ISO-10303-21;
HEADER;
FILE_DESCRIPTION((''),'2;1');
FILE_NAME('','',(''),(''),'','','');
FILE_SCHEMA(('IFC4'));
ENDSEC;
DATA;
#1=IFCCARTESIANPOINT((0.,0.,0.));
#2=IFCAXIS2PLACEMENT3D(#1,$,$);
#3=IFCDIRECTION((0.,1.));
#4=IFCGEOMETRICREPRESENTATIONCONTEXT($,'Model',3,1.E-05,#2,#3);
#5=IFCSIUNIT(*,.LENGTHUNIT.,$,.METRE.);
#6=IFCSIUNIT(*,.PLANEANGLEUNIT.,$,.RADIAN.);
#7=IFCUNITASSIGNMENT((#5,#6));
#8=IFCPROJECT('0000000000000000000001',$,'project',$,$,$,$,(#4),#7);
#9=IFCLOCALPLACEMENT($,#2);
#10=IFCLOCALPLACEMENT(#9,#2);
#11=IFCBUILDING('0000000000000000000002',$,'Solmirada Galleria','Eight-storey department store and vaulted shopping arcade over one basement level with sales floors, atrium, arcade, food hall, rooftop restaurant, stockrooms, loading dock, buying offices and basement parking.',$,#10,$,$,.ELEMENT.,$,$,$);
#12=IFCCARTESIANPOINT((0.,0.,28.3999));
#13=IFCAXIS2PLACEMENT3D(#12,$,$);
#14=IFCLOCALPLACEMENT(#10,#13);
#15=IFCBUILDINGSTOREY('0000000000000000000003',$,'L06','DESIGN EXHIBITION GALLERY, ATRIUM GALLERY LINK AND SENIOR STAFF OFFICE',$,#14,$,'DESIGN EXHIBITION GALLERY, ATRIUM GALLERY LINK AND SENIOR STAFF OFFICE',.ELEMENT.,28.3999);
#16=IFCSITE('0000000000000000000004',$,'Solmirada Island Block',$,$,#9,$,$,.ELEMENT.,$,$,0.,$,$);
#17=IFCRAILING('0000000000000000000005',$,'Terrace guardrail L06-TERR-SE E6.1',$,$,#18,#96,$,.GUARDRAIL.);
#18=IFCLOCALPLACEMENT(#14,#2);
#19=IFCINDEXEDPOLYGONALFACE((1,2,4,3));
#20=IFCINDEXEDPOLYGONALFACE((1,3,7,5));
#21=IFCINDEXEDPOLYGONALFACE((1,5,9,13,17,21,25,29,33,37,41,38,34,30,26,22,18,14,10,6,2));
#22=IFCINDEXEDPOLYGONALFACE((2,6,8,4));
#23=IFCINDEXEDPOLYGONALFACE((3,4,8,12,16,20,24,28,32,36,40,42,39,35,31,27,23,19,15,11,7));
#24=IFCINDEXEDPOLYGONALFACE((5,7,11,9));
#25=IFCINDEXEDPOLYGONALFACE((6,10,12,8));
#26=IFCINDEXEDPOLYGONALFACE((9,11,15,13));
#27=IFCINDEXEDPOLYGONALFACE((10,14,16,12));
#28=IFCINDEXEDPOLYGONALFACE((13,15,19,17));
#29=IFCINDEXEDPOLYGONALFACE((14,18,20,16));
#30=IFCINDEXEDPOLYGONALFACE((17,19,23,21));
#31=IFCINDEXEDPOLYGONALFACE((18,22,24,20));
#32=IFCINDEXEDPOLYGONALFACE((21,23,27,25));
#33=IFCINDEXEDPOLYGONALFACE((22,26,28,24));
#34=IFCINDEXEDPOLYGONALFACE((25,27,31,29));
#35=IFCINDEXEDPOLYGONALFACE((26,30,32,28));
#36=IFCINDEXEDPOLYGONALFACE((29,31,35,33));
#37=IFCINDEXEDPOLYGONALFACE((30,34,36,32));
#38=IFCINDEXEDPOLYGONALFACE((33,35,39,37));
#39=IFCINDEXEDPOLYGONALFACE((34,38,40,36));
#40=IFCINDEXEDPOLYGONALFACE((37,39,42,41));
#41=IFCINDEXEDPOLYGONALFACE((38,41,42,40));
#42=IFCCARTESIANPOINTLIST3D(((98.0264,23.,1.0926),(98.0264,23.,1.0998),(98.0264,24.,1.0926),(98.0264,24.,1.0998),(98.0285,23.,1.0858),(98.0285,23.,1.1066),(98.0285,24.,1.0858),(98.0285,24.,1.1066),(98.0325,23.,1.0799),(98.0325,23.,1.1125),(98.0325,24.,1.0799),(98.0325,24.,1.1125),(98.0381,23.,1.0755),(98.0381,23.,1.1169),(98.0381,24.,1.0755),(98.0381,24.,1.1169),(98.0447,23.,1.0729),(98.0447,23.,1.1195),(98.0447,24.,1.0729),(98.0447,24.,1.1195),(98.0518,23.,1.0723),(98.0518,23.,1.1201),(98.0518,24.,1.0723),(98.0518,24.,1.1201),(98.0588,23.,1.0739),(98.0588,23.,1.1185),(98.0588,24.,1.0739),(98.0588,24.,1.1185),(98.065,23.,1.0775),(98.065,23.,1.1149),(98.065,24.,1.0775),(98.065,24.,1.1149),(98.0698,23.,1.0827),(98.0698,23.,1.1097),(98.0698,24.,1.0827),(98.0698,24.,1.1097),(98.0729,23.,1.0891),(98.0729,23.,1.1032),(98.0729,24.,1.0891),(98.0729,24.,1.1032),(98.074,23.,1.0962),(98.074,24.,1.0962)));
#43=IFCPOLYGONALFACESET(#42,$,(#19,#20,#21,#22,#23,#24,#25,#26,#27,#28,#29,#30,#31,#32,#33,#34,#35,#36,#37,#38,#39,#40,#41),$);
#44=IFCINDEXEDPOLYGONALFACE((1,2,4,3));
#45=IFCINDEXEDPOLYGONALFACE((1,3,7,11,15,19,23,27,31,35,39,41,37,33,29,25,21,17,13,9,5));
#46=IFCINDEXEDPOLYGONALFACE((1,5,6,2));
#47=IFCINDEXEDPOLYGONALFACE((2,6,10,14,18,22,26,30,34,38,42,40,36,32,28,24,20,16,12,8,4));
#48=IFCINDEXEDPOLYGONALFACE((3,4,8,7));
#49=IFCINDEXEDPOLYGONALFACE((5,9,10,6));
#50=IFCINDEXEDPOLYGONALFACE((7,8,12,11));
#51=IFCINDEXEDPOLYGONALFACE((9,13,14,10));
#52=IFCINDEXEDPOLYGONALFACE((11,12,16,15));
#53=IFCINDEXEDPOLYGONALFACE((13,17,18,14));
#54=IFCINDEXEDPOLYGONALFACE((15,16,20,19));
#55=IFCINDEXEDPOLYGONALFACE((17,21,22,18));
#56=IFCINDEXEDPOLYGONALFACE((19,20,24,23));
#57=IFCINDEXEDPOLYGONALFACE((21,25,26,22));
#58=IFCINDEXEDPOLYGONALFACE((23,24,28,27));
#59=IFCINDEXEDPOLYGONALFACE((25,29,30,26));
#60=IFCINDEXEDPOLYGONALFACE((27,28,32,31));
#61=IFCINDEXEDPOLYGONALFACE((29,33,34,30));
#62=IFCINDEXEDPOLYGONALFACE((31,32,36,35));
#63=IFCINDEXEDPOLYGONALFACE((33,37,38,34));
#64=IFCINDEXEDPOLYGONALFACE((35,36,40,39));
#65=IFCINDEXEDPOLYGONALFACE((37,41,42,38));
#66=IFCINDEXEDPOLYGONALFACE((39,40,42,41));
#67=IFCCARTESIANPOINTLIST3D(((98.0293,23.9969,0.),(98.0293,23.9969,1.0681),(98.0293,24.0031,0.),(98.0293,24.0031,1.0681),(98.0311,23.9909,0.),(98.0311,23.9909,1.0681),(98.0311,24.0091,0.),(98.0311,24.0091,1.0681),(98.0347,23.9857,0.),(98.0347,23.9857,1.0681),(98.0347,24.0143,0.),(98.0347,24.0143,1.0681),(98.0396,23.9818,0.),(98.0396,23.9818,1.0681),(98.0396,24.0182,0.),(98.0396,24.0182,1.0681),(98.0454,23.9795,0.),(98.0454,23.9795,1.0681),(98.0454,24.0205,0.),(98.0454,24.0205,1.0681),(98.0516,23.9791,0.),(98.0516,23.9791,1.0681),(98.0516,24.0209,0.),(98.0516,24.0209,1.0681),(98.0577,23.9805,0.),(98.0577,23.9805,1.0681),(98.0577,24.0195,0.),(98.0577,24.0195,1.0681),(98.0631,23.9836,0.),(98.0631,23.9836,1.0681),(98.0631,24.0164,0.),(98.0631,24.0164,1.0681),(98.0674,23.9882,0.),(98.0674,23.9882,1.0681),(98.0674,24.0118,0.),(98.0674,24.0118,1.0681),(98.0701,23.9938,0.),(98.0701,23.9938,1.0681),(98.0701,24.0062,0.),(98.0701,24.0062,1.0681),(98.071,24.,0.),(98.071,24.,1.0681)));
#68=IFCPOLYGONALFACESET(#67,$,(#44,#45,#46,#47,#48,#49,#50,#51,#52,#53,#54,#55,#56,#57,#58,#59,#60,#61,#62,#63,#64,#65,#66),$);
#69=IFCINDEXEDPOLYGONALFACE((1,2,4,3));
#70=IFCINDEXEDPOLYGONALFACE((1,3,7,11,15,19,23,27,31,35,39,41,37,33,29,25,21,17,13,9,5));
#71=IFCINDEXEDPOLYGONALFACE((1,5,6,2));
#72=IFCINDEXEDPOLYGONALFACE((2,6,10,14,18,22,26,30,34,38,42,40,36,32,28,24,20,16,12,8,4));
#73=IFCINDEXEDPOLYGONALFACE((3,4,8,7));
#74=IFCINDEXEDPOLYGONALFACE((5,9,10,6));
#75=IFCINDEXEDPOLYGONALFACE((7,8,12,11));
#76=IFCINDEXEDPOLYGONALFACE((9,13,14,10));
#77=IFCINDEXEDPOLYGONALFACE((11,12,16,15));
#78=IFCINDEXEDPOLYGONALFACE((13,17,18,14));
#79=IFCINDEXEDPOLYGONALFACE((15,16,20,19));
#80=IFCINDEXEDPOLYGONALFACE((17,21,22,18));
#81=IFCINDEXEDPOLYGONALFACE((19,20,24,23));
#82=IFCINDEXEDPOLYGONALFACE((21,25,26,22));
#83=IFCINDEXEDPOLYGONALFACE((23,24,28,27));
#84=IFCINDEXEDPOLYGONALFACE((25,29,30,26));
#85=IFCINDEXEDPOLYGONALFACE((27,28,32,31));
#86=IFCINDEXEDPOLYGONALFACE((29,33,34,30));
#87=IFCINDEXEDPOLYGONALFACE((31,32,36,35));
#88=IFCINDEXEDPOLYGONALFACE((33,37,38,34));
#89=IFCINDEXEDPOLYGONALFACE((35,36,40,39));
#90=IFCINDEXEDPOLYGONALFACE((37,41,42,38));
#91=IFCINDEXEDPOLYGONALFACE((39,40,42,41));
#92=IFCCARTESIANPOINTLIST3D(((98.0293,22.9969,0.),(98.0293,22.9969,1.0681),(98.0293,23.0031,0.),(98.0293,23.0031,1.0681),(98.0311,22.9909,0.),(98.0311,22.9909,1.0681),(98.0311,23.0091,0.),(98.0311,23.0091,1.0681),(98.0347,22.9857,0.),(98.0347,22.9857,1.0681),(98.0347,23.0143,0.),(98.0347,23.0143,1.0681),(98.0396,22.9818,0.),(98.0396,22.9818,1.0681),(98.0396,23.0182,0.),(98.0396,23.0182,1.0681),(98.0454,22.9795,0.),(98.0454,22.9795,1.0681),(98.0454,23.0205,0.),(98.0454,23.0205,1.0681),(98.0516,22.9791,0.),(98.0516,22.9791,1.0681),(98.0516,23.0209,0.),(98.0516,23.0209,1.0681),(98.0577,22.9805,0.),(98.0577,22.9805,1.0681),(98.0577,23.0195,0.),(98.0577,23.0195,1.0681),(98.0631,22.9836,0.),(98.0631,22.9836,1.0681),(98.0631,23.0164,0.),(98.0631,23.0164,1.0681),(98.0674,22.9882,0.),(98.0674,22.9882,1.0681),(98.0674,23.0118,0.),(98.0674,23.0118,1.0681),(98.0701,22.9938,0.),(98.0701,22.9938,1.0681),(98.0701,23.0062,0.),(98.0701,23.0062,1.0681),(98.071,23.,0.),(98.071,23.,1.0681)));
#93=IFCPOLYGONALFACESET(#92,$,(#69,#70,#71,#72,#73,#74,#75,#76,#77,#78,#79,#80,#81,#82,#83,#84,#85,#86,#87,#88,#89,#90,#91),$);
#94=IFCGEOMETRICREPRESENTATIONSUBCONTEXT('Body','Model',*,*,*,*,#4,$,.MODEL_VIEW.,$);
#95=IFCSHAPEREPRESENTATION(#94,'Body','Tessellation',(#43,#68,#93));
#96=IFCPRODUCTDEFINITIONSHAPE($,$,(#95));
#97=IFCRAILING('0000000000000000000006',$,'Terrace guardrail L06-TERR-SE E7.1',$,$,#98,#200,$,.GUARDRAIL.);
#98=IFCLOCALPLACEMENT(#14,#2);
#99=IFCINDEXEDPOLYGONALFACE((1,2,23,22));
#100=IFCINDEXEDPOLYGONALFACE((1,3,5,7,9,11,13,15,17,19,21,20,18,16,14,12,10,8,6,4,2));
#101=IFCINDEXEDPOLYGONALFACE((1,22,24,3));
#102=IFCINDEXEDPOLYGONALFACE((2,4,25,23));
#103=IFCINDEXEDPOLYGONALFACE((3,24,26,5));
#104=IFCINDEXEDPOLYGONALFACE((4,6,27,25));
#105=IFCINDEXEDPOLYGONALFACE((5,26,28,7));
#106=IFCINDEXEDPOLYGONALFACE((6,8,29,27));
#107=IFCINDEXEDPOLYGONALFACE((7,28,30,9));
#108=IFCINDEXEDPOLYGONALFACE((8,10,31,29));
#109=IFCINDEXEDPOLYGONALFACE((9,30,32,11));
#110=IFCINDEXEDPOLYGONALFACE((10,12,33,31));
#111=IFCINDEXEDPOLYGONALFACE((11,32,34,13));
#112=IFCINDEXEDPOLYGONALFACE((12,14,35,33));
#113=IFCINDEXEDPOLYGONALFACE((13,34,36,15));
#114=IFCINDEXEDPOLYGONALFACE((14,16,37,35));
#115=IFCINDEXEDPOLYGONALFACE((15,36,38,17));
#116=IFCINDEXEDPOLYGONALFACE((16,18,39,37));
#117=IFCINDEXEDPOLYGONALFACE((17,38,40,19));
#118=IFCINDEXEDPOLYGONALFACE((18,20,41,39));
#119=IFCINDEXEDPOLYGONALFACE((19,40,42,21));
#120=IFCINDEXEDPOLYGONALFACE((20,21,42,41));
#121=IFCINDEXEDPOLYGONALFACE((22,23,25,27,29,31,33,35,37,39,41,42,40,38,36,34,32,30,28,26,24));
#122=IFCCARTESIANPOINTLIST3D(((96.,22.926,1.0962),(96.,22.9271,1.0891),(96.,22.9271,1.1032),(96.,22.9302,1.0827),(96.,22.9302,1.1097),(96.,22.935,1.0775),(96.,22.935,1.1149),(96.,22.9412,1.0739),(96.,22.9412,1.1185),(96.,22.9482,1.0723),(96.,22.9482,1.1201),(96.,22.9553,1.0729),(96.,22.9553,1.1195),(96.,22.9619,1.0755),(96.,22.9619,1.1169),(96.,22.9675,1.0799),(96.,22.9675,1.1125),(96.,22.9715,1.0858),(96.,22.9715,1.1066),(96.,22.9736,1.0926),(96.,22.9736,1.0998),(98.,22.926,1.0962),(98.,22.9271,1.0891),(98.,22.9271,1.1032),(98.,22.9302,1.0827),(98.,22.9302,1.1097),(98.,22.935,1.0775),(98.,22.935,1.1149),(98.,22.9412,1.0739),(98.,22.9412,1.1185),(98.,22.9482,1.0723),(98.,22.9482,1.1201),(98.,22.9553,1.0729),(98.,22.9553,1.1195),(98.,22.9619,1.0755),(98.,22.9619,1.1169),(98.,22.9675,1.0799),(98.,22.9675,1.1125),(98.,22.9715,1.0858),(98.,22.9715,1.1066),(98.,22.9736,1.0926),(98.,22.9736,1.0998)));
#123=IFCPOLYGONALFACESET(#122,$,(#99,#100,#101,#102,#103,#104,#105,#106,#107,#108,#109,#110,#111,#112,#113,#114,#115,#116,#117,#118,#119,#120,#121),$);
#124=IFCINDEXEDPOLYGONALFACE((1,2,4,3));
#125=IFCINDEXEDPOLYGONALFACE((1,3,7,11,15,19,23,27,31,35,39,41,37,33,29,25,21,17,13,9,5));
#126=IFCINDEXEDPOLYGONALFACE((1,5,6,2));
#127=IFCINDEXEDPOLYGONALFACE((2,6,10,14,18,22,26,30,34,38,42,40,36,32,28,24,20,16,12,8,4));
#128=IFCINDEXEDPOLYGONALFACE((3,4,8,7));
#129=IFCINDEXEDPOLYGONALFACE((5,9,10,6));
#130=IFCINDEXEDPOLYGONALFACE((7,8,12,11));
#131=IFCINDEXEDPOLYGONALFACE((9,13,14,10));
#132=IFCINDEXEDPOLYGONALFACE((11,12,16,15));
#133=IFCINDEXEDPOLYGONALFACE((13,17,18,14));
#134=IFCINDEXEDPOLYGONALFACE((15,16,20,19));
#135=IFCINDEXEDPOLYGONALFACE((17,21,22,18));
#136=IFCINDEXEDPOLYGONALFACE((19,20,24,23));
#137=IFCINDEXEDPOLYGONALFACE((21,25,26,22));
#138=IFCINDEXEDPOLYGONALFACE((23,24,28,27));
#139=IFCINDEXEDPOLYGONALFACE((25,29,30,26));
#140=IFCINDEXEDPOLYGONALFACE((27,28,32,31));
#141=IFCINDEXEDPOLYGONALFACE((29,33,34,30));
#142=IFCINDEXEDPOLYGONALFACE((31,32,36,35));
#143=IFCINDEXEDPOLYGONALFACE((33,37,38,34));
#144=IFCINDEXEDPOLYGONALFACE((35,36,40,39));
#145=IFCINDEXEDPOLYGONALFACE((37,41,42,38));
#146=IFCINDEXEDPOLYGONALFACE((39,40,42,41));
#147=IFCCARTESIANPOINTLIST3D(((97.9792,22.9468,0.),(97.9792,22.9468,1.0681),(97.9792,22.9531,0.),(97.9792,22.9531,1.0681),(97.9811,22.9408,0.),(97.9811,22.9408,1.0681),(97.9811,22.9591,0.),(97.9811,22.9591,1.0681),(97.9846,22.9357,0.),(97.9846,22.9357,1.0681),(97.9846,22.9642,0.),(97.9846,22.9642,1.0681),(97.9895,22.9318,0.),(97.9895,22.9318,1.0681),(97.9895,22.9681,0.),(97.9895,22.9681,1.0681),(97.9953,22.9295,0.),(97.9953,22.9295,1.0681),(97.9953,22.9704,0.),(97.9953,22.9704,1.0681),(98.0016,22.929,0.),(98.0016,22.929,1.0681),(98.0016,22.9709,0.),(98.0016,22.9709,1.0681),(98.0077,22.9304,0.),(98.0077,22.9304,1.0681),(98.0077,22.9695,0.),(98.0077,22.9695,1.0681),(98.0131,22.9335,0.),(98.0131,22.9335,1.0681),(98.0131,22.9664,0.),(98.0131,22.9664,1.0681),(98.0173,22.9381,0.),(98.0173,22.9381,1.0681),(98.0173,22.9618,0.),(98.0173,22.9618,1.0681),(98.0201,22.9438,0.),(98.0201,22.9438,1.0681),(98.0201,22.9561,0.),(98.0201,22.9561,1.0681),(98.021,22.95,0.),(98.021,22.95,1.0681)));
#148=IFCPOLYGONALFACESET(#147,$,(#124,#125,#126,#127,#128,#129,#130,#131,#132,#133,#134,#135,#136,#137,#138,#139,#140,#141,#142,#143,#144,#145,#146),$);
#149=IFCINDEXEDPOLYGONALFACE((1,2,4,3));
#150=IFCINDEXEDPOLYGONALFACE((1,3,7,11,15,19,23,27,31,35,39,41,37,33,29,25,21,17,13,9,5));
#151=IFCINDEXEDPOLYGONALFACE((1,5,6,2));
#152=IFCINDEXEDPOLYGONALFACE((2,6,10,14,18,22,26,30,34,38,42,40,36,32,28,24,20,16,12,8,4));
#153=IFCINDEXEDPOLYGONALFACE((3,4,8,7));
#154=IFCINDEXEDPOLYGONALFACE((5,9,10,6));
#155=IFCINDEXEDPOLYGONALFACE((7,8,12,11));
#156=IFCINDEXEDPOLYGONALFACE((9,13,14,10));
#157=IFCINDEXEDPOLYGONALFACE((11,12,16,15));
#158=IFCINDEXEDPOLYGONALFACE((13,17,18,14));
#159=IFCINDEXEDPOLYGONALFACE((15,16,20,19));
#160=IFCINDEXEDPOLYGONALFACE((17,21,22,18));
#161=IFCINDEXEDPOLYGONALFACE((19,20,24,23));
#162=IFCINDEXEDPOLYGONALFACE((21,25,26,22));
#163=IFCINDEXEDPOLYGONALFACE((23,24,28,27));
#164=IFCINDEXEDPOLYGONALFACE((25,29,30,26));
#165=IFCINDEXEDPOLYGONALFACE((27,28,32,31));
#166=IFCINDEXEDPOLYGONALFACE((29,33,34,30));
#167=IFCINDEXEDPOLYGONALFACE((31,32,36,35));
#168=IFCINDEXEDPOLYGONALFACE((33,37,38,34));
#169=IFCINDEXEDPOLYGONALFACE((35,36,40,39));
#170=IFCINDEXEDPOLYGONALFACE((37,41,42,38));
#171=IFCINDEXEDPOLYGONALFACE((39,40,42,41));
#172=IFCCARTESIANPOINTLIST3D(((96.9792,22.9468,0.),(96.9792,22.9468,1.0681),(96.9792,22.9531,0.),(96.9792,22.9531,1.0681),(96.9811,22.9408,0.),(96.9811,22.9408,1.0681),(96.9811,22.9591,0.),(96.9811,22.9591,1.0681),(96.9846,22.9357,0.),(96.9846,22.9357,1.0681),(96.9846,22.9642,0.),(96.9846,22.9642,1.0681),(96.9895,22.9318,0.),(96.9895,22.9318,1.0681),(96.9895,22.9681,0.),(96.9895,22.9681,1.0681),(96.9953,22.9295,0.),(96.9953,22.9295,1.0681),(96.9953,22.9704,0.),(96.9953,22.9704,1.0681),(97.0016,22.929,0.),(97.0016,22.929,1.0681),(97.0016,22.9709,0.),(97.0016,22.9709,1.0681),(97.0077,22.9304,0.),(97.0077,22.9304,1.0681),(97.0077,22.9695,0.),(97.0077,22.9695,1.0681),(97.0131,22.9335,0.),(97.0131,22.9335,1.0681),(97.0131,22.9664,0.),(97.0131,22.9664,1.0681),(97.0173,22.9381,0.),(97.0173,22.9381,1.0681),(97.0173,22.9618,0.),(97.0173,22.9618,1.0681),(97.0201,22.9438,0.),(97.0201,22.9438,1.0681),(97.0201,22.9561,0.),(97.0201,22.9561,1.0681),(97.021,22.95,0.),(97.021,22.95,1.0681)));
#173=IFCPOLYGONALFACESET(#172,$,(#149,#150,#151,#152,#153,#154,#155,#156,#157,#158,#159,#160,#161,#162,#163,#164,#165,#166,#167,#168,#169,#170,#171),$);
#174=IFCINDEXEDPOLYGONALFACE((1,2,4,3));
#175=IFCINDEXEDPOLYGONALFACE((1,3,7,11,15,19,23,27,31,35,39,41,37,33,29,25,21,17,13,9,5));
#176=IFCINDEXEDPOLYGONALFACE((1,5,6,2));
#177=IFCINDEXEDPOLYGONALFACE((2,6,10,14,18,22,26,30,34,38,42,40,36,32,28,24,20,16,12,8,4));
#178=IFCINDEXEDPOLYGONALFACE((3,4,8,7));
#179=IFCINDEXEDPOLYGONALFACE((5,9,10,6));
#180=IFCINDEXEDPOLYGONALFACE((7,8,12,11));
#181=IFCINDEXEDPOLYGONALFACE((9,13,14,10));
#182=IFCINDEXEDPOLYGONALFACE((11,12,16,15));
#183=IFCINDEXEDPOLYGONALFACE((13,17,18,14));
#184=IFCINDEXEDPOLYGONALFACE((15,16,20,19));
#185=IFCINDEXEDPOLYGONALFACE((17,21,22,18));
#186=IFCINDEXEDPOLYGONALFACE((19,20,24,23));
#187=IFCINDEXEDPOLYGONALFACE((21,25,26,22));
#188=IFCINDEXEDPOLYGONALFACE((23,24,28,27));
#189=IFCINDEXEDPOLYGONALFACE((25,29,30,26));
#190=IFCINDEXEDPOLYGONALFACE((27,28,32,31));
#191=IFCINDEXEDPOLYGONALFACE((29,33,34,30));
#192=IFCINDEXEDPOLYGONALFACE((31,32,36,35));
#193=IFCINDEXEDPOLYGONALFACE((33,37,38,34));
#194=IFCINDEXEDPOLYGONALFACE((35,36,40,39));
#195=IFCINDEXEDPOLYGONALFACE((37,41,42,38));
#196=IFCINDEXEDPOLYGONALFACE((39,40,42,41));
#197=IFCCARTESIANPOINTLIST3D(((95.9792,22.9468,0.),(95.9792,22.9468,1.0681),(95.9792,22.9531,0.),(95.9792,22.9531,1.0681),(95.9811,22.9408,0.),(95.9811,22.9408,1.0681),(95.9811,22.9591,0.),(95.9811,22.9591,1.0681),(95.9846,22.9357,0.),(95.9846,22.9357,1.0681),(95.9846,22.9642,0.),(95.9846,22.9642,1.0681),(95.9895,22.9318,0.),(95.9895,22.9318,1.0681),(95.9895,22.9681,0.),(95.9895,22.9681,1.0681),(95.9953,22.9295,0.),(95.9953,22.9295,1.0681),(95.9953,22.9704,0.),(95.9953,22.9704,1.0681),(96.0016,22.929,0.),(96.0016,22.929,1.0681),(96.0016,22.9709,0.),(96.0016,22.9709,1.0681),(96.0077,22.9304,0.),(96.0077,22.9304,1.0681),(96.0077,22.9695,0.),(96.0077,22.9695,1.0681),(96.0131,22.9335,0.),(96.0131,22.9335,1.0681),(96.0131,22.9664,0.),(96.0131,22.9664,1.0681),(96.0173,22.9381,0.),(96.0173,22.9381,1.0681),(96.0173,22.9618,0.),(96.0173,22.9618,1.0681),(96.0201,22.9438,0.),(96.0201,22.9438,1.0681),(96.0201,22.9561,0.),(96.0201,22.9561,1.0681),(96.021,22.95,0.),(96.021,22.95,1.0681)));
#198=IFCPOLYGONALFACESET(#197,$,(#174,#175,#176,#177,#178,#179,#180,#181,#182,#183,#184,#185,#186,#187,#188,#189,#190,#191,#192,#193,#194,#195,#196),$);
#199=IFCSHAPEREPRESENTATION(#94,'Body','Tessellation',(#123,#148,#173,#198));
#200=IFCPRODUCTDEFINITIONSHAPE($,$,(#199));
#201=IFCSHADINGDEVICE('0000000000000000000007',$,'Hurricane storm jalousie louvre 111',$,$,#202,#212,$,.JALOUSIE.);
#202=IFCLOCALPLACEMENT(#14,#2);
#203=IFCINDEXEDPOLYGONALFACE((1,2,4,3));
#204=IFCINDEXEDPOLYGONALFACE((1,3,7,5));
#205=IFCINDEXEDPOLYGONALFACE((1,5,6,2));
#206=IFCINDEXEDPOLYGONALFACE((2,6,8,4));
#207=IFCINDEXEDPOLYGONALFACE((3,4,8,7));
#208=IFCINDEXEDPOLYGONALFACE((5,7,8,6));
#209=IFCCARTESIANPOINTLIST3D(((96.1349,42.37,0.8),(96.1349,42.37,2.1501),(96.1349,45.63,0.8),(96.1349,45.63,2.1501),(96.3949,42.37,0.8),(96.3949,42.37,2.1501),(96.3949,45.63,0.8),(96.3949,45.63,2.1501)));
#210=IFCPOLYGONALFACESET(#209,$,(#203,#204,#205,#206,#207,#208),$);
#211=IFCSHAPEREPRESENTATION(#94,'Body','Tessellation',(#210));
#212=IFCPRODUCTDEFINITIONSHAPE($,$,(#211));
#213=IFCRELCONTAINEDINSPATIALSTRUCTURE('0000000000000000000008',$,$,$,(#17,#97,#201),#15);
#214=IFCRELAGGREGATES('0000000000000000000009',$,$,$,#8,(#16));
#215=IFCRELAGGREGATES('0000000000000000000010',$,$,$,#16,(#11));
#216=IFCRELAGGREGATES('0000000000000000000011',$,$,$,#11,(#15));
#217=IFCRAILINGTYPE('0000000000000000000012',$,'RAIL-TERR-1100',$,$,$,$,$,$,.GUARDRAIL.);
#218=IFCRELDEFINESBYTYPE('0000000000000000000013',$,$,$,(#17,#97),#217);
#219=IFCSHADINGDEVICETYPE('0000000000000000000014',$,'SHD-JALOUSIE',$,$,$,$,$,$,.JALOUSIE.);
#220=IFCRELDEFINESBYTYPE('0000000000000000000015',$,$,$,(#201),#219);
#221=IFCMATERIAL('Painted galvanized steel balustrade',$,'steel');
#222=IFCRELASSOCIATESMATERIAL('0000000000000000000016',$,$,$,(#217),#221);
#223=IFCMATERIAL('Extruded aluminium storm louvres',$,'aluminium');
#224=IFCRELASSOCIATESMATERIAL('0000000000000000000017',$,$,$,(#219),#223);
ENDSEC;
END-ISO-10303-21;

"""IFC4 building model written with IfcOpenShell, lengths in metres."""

from ifc_helpers import new_model, si_unit, direction, frame, origin, origin_2d, place, context, subcontext, project, spatial, rectangle, circle, extrude, material, type_object, element, save


model = new_model("IFC4")

# Units and contexts
model_context = context("Model", 3, precision=1e-05, world=origin(), true_north=direction((0.0, 1.0)))
body_context = subcontext(model_context, "Body", "Model", "MODEL_VIEW")
ifc_project = project(units=[si_unit("LENGTHUNIT", "METRE"), si_unit("PLANEANGLEUNIT", "RADIAN")], contexts=[model_context])

# Site, building, storey
site_placement = place(None, origin())
site = spatial("IfcSite", under=ifc_project, at=site_placement, Name="Solmirada Island Block", CompositionType="ELEMENT", RefElevation=0.0)
building_placement = place(site_placement, origin())
building = spatial("IfcBuilding", under=site, at=building_placement, Name="Solmirada Galleria", Description="Eight-storey department store and vaulted shopping arcade over one basement level with sales floors, atrium, arcade, food hall, rooftop restaurant, stockrooms, loading dock, buying offices and basement parking.", CompositionType="ELEMENT")
storey_placement = place(building_placement, frame((0.0, 0.0, 28.3999)))
storey = spatial("IfcBuildingStorey", under=building, at=storey_placement, Name="L06", Description="DESIGN EXHIBITION GALLERY, ATRIUM GALLERY LINK AND SENIOR STAFF OFFICE", LongName="DESIGN EXHIBITION GALLERY, ATRIUM GALLERY LINK AND SENIOR STAFF OFFICE", CompositionType="ELEMENT", Elevation=28.3999)

# Railings
ifc_material_1 = material(Name="Painted galvanized steel balustrade", Category="steel")
railing_type = type_object("IfcRailingType", Name="RAIL-TERR-1100", PredefinedType="GUARDRAIL", material=ifc_material_1)
railing_1_placement = place(storey_placement, frame((98.05, 24.0, 0.0)))
element("IfcRailing", 1, at=railing_1_placement, inside=storey, type_object=railing_type, Name="Terrace guardrail L06-TERR-SE E6.1", PredefinedType="GUARDRAIL", context=body_context, shape_type="SweptSolid", body=[
    extrude(circle(Radius=0.0239, at=origin_2d()), frame((0.0, 0.0, 1.0962), z_axis=(0.0, -1.0, 0.0), x_axis=(1.0, 0.0, 0.0)), (0.0, 0.0, 1.0), 1.0),
    extrude(circle(Radius=0.021, at=origin_2d()), origin(), (0.0, 0.0, 1.0), 1.0681),
    extrude(circle(Radius=0.021, at=origin_2d()), frame((0.0, -1.0, 0.0)), (0.0, 0.0, 1.0), 1.0681),
])
railing_2_placement = place(storey_placement, frame((98.0, 22.95, 0.0)))
element("IfcRailing", 2, at=railing_2_placement, inside=storey, type_object=railing_type, Name="Terrace guardrail L06-TERR-SE E7.1", PredefinedType="GUARDRAIL", context=body_context, shape_type="SweptSolid", body=[
    extrude(circle(Radius=0.0239, at=origin_2d()), frame((0.0, 0.0, 1.0962), z_axis=(-1.0, 0.0, 0.0), x_axis=(0.0, -1.0, 0.0)), (0.0, 0.0, 1.0), 2.0),
    extrude(circle(Radius=0.021, at=origin_2d()), origin(), (0.0, 0.0, 1.0), 1.0681),
    extrude(circle(Radius=0.021, at=origin_2d()), frame((-1.0, 0.0, 0.0)), (0.0, 0.0, 1.0), 1.0681),
    extrude(circle(Radius=0.021, at=origin_2d()), frame((-2.0, 0.0, 0.0)), (0.0, 0.0, 1.0), 1.0681),
])

# Shading device
ifc_material_2 = material(Name="Extruded aluminium storm louvres", Category="aluminium")
shading_device_type = type_object("IfcShadingDeviceType", Name="SHD-JALOUSIE", PredefinedType="JALOUSIE", material=ifc_material_2)
shading_device_1_placement = place(storey_placement, frame((96.2649, 44.0, 0.8), z_axis=(0.0, 0.0, 1.0), x_axis=(0.0, -1.0, 0.0)))
element("IfcShadingDevice", 3, at=shading_device_1_placement, inside=storey, type_object=shading_device_type, Name="Hurricane storm jalousie louvre 111", PredefinedType="JALOUSIE", context=body_context, shape_type="SweptSolid", body=[
    extrude(rectangle(XDim=3.26, YDim=0.26, at=origin_2d()), origin(), (0.0, 0.0, 1.0), 1.3501),
])

save(model, "model.ifc")
